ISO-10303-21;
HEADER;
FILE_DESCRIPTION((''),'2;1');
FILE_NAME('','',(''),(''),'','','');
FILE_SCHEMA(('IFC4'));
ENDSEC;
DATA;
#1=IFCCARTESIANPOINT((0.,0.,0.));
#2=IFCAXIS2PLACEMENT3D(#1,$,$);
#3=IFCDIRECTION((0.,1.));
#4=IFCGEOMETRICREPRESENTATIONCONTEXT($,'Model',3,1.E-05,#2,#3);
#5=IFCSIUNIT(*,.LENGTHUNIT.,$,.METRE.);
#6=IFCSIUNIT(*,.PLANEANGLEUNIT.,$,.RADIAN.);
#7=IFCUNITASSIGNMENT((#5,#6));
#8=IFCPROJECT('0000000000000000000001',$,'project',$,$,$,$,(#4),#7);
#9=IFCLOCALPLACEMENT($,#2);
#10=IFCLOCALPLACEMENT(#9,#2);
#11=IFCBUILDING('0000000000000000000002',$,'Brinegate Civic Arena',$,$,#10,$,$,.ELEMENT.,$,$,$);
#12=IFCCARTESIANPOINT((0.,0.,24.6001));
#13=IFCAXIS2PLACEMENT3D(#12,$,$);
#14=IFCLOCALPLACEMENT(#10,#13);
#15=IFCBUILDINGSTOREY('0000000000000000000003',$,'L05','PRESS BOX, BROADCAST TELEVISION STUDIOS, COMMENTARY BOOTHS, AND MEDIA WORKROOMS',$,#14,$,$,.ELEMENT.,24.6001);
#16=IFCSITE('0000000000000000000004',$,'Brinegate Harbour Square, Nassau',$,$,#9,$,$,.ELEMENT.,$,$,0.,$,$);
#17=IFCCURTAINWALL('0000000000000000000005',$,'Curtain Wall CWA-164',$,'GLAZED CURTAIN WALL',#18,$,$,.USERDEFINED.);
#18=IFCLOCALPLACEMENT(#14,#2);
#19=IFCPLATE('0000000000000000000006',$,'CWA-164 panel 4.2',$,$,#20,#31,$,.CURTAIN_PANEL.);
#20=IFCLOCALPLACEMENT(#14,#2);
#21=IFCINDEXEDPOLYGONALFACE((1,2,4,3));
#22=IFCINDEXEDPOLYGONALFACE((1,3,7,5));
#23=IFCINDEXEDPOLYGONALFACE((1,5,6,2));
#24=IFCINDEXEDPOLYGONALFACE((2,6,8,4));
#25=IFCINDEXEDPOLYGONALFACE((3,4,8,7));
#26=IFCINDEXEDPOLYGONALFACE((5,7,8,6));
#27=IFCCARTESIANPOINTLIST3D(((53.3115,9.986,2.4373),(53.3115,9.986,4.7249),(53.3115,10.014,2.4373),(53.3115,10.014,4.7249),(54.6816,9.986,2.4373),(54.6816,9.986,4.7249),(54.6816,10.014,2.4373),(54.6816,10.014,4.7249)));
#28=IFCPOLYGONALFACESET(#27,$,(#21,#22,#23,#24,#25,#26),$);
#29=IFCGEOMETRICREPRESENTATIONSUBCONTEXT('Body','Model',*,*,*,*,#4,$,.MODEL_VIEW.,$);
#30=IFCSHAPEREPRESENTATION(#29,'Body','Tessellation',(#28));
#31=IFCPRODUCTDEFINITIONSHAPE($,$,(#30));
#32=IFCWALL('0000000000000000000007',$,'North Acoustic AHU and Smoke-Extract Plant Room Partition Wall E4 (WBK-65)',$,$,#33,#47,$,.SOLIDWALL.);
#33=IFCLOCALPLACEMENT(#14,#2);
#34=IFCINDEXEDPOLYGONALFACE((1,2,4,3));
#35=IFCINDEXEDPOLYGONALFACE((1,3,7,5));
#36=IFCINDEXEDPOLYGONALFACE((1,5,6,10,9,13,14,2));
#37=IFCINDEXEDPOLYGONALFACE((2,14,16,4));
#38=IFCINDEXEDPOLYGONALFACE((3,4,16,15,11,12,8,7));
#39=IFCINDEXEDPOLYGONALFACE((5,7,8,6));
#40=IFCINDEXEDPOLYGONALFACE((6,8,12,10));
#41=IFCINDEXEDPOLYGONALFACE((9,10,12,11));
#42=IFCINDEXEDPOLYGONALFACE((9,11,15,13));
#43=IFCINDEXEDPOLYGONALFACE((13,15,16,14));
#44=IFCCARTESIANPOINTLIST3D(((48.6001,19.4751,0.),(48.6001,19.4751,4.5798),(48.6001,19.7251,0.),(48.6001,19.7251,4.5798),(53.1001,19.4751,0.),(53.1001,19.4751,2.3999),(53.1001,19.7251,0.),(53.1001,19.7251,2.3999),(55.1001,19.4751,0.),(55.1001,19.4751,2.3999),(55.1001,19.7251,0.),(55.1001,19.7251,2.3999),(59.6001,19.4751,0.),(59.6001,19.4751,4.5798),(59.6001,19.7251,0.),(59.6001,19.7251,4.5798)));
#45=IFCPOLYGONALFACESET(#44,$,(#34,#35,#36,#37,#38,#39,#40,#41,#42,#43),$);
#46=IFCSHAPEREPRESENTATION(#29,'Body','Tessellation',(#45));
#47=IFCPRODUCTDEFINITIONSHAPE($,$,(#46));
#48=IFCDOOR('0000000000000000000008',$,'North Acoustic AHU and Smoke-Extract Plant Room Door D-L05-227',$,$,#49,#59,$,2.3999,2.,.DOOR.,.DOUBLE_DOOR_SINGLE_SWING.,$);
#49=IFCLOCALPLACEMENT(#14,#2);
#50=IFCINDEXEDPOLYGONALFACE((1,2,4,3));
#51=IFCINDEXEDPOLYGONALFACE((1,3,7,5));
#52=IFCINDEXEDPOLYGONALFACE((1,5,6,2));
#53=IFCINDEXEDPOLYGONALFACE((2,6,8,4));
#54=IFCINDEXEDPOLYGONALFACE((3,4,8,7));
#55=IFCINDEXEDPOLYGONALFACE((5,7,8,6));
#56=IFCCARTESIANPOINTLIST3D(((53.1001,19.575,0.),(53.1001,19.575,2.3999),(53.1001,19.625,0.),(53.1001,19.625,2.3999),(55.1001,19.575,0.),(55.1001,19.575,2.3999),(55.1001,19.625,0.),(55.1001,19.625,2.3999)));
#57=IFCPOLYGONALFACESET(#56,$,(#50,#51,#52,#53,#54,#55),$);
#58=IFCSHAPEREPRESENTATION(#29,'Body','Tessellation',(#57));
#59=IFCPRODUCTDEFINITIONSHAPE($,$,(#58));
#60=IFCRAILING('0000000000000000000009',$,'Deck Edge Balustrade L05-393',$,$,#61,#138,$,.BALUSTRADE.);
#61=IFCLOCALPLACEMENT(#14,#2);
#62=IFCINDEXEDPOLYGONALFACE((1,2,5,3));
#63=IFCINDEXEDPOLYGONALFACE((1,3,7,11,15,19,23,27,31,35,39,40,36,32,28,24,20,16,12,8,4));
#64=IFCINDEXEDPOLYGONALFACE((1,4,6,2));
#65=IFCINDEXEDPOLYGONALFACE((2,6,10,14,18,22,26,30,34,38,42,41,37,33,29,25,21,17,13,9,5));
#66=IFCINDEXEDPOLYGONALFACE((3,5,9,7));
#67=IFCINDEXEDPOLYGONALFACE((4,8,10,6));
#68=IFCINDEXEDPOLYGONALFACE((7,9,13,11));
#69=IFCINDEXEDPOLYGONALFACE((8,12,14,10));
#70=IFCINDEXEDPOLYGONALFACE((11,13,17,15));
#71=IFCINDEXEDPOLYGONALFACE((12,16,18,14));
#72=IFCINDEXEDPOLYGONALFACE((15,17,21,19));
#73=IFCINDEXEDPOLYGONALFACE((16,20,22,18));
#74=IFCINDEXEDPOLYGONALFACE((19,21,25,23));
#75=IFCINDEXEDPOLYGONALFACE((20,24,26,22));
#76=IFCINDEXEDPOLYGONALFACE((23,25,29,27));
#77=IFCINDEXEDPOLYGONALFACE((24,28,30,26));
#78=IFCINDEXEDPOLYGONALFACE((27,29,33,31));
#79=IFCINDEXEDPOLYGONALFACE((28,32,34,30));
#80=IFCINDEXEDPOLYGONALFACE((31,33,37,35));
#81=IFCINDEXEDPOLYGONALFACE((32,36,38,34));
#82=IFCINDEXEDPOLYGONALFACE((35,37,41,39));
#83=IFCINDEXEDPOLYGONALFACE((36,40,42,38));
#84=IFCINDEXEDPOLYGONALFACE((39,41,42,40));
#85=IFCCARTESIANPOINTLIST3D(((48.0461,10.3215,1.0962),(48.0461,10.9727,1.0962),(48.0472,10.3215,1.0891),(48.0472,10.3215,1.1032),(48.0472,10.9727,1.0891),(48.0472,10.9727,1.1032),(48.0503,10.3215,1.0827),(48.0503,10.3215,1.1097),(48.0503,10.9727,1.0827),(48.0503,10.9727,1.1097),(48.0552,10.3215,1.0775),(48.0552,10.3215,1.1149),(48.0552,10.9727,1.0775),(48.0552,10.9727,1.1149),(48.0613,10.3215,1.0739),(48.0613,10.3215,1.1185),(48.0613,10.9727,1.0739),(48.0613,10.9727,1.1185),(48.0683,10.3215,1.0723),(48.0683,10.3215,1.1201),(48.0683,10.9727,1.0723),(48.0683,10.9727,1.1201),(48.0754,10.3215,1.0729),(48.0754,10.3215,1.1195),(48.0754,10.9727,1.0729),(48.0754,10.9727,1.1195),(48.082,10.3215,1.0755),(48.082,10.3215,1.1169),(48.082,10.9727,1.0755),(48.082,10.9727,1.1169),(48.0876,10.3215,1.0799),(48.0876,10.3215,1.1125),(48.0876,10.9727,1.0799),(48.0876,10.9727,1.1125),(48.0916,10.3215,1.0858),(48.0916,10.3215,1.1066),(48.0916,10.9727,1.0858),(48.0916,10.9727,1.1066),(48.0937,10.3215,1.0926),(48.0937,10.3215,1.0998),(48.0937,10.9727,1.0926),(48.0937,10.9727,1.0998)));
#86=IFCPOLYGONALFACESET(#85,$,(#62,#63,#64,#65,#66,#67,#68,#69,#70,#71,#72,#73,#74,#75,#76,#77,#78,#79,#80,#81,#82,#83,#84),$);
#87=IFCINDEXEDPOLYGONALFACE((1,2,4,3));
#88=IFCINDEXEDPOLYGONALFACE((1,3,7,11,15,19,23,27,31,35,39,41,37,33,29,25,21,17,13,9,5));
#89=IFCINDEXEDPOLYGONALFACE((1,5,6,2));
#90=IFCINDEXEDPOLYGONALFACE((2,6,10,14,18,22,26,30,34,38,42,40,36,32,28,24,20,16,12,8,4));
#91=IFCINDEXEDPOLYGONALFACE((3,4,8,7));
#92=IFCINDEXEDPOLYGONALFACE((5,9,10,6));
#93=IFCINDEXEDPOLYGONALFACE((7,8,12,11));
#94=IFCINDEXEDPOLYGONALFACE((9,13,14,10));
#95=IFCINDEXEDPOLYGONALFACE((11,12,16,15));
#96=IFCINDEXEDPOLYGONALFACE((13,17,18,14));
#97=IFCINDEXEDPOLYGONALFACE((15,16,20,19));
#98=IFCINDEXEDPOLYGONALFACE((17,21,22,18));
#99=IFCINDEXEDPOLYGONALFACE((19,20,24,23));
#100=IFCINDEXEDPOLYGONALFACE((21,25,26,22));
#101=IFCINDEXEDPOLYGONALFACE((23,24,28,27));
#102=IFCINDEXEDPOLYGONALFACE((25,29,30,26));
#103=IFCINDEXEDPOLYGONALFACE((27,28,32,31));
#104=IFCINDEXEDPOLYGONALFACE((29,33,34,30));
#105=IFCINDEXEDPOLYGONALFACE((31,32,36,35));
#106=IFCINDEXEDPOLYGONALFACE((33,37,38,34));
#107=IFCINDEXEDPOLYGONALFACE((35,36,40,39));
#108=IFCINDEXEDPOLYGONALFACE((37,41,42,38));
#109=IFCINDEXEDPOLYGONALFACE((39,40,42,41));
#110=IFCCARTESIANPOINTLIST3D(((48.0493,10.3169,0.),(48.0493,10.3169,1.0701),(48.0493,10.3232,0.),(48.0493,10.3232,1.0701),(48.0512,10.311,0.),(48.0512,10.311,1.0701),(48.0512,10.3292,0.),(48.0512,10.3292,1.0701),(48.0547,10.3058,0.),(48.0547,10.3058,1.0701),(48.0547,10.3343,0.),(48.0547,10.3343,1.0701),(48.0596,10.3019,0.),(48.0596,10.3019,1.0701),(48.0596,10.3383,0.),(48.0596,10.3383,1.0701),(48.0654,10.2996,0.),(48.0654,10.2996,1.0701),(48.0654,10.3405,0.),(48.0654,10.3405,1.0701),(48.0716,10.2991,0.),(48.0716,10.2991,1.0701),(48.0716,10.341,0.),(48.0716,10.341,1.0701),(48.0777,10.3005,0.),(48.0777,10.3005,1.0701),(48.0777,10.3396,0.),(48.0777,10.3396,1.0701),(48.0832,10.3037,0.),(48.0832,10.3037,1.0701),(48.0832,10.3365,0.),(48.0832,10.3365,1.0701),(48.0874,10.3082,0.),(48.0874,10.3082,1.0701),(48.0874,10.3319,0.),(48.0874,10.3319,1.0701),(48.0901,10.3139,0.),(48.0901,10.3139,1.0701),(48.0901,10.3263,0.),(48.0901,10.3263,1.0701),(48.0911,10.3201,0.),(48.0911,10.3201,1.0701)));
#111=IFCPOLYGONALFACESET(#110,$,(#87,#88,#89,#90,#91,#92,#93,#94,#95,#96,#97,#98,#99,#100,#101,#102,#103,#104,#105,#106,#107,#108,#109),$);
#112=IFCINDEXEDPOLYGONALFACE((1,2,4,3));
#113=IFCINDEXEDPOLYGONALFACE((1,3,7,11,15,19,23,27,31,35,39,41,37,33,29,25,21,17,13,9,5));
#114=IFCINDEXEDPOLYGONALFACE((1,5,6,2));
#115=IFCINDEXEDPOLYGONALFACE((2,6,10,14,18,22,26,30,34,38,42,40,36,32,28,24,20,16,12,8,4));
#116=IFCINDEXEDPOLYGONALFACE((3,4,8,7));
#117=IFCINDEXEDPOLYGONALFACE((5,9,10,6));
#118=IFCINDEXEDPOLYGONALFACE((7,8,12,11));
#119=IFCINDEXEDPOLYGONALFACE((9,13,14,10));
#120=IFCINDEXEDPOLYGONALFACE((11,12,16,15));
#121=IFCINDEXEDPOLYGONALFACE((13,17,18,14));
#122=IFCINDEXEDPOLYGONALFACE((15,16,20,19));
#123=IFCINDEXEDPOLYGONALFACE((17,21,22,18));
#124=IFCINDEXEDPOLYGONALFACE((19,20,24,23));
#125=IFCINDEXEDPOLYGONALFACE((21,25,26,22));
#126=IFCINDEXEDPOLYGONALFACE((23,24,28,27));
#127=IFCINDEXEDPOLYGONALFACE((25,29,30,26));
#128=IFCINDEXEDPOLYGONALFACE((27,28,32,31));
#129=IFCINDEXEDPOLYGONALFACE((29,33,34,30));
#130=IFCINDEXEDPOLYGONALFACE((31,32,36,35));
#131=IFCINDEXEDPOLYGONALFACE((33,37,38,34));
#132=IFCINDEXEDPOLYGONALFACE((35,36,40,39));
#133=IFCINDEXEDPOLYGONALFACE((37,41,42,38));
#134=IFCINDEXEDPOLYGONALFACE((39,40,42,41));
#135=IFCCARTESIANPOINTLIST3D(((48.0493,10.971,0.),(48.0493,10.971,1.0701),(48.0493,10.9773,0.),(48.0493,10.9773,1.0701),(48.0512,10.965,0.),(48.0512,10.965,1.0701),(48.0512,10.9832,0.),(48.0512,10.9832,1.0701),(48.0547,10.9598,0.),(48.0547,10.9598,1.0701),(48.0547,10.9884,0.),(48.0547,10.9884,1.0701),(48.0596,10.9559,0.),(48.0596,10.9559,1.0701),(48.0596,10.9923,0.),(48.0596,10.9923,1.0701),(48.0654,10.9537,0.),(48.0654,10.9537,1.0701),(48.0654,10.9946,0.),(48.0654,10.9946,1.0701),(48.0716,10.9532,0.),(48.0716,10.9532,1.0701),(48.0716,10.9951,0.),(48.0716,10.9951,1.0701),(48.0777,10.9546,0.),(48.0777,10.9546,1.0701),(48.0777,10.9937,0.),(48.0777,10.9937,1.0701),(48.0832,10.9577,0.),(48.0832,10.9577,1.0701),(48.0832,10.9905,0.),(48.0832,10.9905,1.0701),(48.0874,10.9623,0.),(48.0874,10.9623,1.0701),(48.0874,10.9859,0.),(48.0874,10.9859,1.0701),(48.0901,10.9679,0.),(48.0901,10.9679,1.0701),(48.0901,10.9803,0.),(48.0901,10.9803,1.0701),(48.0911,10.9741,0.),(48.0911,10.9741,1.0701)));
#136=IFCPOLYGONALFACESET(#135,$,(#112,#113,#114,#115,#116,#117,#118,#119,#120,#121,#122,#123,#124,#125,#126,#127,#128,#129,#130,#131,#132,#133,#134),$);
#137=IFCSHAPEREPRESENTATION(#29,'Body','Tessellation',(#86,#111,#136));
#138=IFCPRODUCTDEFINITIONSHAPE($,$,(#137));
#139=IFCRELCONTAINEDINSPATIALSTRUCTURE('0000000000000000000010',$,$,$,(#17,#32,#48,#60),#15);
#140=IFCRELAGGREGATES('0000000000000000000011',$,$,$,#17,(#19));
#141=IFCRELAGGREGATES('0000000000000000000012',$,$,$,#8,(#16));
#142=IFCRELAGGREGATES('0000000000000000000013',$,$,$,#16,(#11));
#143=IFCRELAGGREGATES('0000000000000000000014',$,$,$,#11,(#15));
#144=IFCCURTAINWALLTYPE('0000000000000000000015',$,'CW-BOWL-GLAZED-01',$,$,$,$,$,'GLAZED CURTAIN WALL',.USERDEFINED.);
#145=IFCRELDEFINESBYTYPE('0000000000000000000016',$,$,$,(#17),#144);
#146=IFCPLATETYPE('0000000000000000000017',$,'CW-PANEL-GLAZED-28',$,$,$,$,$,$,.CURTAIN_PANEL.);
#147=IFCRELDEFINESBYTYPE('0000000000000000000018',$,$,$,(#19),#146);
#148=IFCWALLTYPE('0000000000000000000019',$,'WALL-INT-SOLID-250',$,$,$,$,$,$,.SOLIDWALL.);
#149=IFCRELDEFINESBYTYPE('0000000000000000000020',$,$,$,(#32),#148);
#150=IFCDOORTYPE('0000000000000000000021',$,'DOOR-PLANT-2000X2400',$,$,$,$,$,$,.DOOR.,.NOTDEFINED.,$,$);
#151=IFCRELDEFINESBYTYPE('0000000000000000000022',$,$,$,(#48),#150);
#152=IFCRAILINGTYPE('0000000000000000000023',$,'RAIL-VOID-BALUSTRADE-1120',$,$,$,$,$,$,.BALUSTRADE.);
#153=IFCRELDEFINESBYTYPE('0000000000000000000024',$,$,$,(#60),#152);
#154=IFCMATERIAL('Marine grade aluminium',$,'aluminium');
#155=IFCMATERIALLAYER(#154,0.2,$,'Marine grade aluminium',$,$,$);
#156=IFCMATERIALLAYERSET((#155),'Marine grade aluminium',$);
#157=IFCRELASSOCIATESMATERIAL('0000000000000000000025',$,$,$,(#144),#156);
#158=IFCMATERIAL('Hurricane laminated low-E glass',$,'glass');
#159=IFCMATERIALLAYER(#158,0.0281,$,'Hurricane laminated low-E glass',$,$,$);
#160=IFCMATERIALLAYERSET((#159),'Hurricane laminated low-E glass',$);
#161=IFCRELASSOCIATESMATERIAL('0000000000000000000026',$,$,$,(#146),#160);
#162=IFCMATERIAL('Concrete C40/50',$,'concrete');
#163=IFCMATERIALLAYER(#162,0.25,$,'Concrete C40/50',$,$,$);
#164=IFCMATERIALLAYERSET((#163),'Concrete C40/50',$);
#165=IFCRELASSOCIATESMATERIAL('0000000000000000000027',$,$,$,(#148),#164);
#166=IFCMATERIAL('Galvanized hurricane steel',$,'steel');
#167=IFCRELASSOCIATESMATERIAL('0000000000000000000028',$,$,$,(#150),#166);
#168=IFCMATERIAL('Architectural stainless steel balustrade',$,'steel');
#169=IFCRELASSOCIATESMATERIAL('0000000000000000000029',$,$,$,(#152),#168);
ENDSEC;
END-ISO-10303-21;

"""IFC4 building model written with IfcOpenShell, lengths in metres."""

from ifc_helpers import new_model, si_unit, direction, frame, frame_2d, origin, origin_2d, place, context, subcontext, project, spatial, rectangle, circle, extrude, material, layer, layer_set, type_object, element, fill, aggregate, save


model = new_model("IFC4")

# Units and contexts
model_context = context("Model", 3, precision=1e-05, world=origin(), true_north=direction((0.0, 1.0)))
body_context = subcontext(model_context, "Body", "Model", "MODEL_VIEW")
ifc_project = project(units=[si_unit("LENGTHUNIT", "METRE"), si_unit("PLANEANGLEUNIT", "RADIAN")], contexts=[model_context])

# Site, building, storey
site_placement = place(None, origin())
site = spatial("IfcSite", under=ifc_project, at=site_placement, Name="Brinegate Harbour Square, Nassau", CompositionType="ELEMENT", RefElevation=0.0)
building_placement = place(site_placement, origin())
building = spatial("IfcBuilding", under=site, at=building_placement, Name="Brinegate Civic Arena", CompositionType="ELEMENT")
storey_placement = place(building_placement, frame((0.0, 0.0, 24.6001)))
storey = spatial("IfcBuildingStorey", under=building, at=storey_placement, Name="L05", Description="PRESS BOX, BROADCAST TELEVISION STUDIOS, COMMENTARY BOOTHS, AND MEDIA WORKROOMS", CompositionType="ELEMENT", Elevation=24.6001)

# Curtain wall
ifc_material_1 = material(Name="Marine grade aluminium", Category="aluminium")
ifc_layer_1 = layer(ifc_material_1, 0.2, Name="Marine grade aluminium")
ifc_layer_set_1 = layer_set([ifc_layer_1], Name="Marine grade aluminium")
curtain_wall_type = type_object("IfcCurtainWallType", Name="CW-BOWL-GLAZED-01", ElementType="GLAZED CURTAIN WALL", PredefinedType="USERDEFINED", material=ifc_layer_set_1)
curtain_wall_placement = place(storey_placement, origin())
curtain_wall = element("IfcCurtainWall", 1, at=curtain_wall_placement, inside=storey, type_object=curtain_wall_type, Name="Curtain Wall CWA-164", ObjectType="GLAZED CURTAIN WALL", PredefinedType="USERDEFINED")

# Plate
ifc_material_2 = material(Name="Hurricane laminated low-E glass", Category="glass")
ifc_layer_2 = layer(ifc_material_2, 0.0281, Name="Hurricane laminated low-E glass")
ifc_layer_set_2 = layer_set([ifc_layer_2], Name="Hurricane laminated low-E glass")
plate_type = type_object("IfcPlateType", Name="CW-PANEL-GLAZED-28", PredefinedType="CURTAIN_PANEL", material=ifc_layer_set_2)
plate_1_placement = place(storey_placement, frame((53.9966, 10.0, 2.4373), z_axis=(0.0, 0.0, 1.0), x_axis=(1.0, 0.0, 0.0)))
plate_1 = element("IfcPlate", 2, at=plate_1_placement, type_object=plate_type, Name="CWA-164 panel 4.2", PredefinedType="CURTAIN_PANEL", context=body_context, shape_type="SweptSolid", body=[
    extrude(rectangle(XDim=1.3701, YDim=0.0281, at=origin_2d()), origin(), (0.0, 0.0, 1.0), 2.2876),
])
aggregate(curtain_wall, [plate_1])

# Wall, opening, door
ifc_material_3 = material(Name="Concrete C40/50", Category="concrete")
ifc_layer_3 = layer(ifc_material_3, 0.25, Name="Concrete C40/50")
ifc_layer_set_3 = layer_set([ifc_layer_3], Name="Concrete C40/50")
wall_type = type_object("IfcWallType", Name="WALL-INT-SOLID-250", PredefinedType="SOLIDWALL", material=ifc_layer_set_3)
wall_placement = place(storey_placement, frame((48.6001, 19.6001, 0.0), z_axis=(0.0, 0.0, 1.0), x_axis=(1.0, 0.0, 0.0)))
wall = element("IfcWall", 3, at=wall_placement, inside=storey, type_object=wall_type, Name="North Acoustic AHU and Smoke-Extract Plant Room Partition Wall E4 (WBK-65)", PredefinedType="SOLIDWALL", context=body_context, shape_type="SweptSolid", body=[
    extrude(rectangle(XDim=11.0, YDim=0.25, at=frame_2d((5.5, 0.0))), origin(), (0.0, 0.0, 1.0), 4.5798),
])
opening_placement = place(wall_placement, frame((4.5, 0.0, 0.0)))
opening = element("IfcOpeningElement", 4, at=opening_placement, cuts=wall, PredefinedType="OPENING", context=body_context, shape_type="SweptSolid", body=[
    extrude(rectangle(XDim=2.0, YDim=2.3999, at=frame_2d((1.0, 1.2))), frame((0.0, 0.135, 0.0), z_axis=(0.0, -1.0, 0.0), x_axis=(1.0, 0.0, 0.0)), (0.0, 0.0, 1.0), 0.27),
])
ifc_material_4 = material(Name="Galvanized hurricane steel", Category="steel")
door_type = type_object("IfcDoorType", Name="DOOR-PLANT-2000X2400", OperationType="NOTDEFINED", PredefinedType="DOOR", material=ifc_material_4)
door_placement = place(opening_placement, origin())
door = element("IfcDoor", 5, at=door_placement, inside=storey, type_object=door_type, Name="North Acoustic AHU and Smoke-Extract Plant Room Door D-L05-227", OperationType="DOUBLE_DOOR_SINGLE_SWING", OverallHeight=2.3999, OverallWidth=2.0, PredefinedType="DOOR", context=body_context, shape_type="SweptSolid", body=[
    extrude(rectangle(XDim=2.0, YDim=2.3999, at=frame_2d((1.0, 1.2))), frame((0.0, 0.0249, 0.0), z_axis=(0.0, -1.0, 0.0), x_axis=(1.0, 0.0, 0.0)), (0.0, 0.0, 1.0), 0.05),
])
fill(opening, door)

# Railing
ifc_material_5 = material(Name="Architectural stainless steel balustrade", Category="steel")
railing_type = type_object("IfcRailingType", Name="RAIL-VOID-BALUSTRADE-1120", PredefinedType="BALUSTRADE", material=ifc_material_5)
railing_1_placement = place(storey_placement, frame((48.0701, 10.3201, 0.0)))
element("IfcRailing", 6, at=railing_1_placement, inside=storey, type_object=railing_type, Name="Deck Edge Balustrade L05-393", PredefinedType="BALUSTRADE", context=body_context, shape_type="SweptSolid", body=[
    extrude(circle(Radius=0.0239, at=origin_2d()), frame((0.0, 0.0015, 1.0962), z_axis=(0.0, 1.0, 0.0), x_axis=(-1.0, 0.0, 0.0)), (0.0, 0.0, 1.0), 0.6511),
    extrude(circle(Radius=0.021, at=origin_2d()), origin(), (0.0, 0.0, 1.0), 1.0701),
    extrude(circle(Radius=0.021, at=origin_2d()), frame((0.0, 0.6541, 0.0)), (0.0, 0.0, 1.0), 1.0701),
])

save(model, "model.ifc")
